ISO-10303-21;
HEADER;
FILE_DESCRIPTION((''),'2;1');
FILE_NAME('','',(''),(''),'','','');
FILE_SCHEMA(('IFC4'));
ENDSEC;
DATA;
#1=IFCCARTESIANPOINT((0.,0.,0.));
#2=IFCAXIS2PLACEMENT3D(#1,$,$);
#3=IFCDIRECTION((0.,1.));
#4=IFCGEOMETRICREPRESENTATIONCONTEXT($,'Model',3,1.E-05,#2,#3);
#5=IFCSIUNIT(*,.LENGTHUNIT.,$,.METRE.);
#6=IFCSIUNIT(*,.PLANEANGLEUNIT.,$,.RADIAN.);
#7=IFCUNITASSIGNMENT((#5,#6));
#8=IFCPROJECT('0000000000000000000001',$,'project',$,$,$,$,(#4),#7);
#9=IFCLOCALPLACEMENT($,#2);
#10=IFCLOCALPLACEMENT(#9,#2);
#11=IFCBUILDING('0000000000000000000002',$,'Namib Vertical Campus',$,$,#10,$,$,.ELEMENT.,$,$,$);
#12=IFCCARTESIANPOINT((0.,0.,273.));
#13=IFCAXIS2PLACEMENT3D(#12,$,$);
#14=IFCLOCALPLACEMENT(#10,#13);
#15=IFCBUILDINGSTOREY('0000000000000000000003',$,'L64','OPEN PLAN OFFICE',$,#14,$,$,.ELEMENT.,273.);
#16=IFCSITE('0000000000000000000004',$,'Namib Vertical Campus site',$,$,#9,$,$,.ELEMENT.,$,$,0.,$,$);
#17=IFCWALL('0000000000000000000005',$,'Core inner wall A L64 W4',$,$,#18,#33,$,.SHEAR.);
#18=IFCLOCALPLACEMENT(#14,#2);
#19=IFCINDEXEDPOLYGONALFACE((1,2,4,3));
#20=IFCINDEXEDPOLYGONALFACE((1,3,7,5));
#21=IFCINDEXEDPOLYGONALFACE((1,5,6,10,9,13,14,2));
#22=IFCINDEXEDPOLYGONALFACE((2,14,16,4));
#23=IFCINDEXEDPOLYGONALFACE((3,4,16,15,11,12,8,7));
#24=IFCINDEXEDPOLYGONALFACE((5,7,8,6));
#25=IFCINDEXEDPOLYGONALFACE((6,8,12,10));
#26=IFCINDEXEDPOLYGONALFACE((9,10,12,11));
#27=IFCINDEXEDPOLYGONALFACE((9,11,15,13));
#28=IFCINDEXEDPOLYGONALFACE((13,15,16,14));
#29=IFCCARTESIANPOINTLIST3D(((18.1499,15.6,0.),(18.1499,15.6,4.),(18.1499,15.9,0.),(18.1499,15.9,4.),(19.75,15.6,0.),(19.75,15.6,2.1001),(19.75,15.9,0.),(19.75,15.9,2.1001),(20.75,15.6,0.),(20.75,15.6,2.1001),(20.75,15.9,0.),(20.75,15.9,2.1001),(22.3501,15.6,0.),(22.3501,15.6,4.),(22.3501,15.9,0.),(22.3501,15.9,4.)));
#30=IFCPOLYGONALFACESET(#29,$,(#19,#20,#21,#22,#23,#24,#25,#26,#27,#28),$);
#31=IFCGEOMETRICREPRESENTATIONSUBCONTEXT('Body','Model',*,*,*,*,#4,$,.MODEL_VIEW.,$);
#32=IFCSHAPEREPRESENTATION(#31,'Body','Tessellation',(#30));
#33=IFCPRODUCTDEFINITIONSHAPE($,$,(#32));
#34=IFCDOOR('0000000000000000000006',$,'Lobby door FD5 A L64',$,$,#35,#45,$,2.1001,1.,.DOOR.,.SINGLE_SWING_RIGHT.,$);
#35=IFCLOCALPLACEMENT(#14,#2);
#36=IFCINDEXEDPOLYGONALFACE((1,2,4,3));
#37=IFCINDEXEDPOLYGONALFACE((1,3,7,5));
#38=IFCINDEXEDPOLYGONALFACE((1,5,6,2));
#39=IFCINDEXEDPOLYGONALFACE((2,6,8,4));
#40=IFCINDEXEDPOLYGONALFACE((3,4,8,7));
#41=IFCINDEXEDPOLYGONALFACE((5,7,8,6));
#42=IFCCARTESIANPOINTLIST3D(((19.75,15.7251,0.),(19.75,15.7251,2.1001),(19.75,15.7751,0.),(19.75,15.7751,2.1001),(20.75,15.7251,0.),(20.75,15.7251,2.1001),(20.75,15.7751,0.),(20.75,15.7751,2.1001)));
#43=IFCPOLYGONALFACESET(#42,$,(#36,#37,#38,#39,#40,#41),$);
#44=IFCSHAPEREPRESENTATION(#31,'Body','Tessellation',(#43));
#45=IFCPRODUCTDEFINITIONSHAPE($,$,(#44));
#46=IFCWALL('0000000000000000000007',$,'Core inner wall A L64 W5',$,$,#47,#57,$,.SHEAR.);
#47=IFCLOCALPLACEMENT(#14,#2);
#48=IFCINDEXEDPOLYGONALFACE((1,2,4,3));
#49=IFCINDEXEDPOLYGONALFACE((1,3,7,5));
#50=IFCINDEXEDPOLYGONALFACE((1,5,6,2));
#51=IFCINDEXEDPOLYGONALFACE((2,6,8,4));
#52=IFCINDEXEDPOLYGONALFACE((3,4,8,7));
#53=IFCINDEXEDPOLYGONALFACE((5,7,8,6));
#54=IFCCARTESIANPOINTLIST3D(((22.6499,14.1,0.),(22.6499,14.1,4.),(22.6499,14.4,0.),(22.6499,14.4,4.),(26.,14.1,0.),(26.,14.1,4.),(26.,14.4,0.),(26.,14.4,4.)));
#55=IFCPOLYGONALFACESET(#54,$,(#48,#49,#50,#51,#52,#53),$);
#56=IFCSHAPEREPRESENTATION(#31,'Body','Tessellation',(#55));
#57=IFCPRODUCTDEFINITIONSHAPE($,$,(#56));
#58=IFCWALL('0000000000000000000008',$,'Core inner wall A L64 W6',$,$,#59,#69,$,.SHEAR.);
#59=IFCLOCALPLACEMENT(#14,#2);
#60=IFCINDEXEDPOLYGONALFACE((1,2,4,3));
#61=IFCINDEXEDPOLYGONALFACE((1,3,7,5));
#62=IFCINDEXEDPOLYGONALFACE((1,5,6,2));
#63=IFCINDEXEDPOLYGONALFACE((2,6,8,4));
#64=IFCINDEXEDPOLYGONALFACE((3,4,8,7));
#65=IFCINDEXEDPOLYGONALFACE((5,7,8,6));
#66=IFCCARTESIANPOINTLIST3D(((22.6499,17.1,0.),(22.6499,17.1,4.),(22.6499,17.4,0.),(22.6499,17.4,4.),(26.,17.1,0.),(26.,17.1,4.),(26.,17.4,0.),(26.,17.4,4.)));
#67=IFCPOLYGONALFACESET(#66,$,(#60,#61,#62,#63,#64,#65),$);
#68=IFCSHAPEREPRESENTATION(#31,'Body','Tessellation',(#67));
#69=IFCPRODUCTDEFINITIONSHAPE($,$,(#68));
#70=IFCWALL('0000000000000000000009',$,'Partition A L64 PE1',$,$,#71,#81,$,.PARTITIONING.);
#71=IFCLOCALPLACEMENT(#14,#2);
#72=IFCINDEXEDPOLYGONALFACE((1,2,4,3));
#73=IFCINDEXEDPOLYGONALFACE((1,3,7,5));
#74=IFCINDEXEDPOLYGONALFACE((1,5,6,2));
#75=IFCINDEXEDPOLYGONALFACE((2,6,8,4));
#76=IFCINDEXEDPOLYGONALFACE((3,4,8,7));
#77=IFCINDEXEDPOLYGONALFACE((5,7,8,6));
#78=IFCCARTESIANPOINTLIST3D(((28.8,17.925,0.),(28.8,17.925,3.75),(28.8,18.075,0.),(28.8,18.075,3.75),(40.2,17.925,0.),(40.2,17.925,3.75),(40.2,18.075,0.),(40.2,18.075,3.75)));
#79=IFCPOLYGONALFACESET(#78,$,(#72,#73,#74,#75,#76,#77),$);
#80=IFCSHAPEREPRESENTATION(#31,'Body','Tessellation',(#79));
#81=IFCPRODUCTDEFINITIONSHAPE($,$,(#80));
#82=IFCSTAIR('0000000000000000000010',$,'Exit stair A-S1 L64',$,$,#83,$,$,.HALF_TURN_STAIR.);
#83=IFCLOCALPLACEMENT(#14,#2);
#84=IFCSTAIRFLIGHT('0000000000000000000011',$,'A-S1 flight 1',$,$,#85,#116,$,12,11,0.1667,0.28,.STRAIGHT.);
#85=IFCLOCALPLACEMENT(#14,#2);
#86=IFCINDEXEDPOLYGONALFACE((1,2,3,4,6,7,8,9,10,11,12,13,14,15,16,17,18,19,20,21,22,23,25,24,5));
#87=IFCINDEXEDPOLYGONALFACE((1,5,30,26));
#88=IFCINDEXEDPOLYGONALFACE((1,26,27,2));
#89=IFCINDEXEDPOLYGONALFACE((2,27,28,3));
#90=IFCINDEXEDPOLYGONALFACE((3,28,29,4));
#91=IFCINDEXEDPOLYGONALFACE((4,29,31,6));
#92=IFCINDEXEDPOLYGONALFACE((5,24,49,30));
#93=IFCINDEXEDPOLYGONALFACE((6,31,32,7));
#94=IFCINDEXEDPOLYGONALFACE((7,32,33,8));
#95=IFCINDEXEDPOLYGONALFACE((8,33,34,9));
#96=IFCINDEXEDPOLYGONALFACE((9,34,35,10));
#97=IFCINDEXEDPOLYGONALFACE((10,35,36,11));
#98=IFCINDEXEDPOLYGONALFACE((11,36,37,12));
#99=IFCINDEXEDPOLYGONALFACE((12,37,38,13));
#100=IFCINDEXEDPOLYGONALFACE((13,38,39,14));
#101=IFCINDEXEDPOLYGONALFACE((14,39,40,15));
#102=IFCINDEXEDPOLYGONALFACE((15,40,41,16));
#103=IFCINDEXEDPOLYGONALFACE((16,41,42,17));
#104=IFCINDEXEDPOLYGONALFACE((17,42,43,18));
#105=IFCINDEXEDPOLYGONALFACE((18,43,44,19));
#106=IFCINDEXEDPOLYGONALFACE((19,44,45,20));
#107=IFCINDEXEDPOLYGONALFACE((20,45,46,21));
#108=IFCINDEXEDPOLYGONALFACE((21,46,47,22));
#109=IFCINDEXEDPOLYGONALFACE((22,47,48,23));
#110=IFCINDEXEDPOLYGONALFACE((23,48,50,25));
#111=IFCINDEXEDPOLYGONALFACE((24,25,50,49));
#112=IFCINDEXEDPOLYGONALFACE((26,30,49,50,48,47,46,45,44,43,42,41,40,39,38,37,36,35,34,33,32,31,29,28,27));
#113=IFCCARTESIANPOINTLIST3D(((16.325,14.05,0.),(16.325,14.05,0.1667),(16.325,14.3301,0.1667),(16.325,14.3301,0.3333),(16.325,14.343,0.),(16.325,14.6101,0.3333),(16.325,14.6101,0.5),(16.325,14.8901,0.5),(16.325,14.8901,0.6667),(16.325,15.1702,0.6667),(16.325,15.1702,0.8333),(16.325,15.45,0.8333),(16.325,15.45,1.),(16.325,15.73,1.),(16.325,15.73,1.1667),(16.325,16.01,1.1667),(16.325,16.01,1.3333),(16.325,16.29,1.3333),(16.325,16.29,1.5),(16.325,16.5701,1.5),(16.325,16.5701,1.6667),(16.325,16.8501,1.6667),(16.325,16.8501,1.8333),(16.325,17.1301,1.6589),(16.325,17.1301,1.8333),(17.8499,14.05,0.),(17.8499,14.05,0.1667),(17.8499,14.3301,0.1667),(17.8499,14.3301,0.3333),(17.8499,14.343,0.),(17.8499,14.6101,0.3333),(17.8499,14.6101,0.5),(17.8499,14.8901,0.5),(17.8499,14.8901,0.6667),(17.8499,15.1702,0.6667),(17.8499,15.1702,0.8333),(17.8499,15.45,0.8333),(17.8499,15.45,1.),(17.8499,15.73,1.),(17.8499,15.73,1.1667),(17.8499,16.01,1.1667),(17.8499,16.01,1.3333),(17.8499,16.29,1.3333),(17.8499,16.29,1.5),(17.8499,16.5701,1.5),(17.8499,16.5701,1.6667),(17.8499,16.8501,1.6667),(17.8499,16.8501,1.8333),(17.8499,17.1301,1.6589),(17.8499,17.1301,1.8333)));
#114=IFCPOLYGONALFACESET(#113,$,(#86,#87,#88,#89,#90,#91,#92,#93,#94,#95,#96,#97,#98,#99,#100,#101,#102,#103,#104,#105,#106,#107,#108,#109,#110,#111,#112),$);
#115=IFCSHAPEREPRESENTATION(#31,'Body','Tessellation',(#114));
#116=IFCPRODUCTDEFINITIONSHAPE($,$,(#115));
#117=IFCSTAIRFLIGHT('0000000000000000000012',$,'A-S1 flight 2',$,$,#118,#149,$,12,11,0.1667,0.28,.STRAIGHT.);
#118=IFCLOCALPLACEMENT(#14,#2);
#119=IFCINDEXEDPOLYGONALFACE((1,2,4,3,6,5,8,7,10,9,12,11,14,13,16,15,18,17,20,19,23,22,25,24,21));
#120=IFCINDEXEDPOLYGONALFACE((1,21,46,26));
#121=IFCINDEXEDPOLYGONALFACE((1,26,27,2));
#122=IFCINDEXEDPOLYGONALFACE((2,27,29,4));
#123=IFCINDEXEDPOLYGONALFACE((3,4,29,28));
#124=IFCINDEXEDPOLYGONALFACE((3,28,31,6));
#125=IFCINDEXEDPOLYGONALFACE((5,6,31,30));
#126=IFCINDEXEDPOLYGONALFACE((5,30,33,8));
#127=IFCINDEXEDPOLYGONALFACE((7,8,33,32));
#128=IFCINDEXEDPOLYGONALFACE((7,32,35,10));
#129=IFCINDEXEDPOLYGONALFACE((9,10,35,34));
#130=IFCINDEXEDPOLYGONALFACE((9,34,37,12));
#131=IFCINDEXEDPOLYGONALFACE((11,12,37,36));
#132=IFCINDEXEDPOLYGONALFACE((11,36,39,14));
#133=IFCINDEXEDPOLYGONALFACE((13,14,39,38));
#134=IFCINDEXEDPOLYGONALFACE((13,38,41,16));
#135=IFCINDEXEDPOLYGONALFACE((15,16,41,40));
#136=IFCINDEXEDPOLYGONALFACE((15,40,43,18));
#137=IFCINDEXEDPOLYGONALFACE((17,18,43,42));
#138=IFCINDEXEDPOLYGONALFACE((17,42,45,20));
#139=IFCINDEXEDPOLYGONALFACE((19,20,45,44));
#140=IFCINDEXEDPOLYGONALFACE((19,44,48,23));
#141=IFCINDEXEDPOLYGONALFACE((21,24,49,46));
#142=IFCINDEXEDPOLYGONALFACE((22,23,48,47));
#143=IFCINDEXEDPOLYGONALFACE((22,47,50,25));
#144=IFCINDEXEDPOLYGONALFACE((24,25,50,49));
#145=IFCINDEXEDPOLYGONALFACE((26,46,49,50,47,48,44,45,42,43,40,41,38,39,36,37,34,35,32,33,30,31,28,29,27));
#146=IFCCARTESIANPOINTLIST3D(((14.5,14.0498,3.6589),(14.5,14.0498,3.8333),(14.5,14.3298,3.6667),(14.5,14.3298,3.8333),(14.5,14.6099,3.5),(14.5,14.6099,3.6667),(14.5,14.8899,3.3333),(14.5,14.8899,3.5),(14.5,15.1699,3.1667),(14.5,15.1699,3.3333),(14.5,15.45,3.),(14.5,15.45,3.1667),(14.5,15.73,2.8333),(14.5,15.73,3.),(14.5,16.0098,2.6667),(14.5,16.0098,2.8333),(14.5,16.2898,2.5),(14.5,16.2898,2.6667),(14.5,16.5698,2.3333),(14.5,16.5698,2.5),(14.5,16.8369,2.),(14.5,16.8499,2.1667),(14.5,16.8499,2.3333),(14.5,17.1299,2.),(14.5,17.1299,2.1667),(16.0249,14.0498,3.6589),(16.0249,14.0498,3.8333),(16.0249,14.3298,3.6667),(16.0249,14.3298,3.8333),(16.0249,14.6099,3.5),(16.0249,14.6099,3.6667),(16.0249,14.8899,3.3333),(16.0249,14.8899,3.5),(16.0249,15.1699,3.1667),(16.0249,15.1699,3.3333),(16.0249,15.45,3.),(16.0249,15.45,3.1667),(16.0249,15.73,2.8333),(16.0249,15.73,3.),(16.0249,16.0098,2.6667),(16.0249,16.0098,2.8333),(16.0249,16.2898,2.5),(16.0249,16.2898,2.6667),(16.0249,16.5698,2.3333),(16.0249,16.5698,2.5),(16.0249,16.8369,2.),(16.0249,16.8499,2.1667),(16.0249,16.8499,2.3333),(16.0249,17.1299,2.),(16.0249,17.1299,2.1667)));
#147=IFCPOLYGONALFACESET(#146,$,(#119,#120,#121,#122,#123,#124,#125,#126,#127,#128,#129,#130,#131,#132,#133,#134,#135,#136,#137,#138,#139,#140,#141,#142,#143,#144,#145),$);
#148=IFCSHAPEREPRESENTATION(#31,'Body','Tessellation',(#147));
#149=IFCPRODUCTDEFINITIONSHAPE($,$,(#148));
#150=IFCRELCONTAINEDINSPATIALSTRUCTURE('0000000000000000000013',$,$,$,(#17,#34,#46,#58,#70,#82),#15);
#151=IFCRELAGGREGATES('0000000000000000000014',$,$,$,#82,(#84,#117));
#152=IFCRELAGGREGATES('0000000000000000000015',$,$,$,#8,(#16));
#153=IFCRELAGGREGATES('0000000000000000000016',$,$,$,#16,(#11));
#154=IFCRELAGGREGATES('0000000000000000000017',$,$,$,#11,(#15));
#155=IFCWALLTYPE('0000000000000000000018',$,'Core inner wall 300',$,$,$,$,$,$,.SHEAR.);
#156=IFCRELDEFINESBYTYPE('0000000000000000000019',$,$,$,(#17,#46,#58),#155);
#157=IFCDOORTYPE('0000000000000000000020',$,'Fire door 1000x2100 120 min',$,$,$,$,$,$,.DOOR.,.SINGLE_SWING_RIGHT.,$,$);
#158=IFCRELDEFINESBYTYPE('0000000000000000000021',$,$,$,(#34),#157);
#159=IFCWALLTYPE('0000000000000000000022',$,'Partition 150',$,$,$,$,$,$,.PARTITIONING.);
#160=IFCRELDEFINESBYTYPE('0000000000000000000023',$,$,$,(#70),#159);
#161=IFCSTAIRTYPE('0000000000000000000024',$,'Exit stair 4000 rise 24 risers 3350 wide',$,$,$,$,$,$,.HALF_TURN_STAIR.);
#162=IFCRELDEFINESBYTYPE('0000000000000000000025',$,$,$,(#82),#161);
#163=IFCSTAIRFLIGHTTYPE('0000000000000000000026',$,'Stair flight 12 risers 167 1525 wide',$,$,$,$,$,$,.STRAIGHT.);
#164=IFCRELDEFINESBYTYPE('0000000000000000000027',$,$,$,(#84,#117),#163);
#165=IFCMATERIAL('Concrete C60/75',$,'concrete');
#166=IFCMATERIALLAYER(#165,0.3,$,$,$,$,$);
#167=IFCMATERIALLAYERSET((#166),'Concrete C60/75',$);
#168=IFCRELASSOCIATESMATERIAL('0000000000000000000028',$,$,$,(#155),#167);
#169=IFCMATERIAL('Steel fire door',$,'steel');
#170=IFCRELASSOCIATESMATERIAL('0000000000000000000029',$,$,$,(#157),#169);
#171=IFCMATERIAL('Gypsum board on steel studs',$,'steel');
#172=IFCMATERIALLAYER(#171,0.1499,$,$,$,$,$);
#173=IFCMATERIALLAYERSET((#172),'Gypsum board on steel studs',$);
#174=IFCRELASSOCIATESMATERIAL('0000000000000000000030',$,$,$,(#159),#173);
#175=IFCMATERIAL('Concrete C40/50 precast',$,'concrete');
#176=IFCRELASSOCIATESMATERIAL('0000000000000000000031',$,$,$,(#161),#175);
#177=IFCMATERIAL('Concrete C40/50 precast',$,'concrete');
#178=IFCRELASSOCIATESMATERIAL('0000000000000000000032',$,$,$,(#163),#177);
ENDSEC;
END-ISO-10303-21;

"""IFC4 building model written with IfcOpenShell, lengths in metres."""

from ifc_helpers import new_model, si_unit, direction, frame, frame_2d, origin, place, context, subcontext, project, spatial, polyline, rectangle, outline, extrude, material, layer, layer_set, type_object, element, fill, aggregate, save


model = new_model("IFC4")

# Units and contexts
model_context = context("Model", 3, precision=1e-05, world=origin(), true_north=direction((0.0, 1.0)))
body_context = subcontext(model_context, "Body", "Model", "MODEL_VIEW")
ifc_project = project(units=[si_unit("LENGTHUNIT", "METRE"), si_unit("PLANEANGLEUNIT", "RADIAN")], contexts=[model_context])

# Site, building, storey
site_placement = place(None, origin())
site = spatial("IfcSite", under=ifc_project, at=site_placement, Name="Namib Vertical Campus site", CompositionType="ELEMENT", RefElevation=0.0)
building_placement = place(site_placement, origin())
building = spatial("IfcBuilding", under=site, at=building_placement, Name="Namib Vertical Campus", CompositionType="ELEMENT")
storey_placement = place(building_placement, frame((0.0, 0.0, 273.0)))
storey = spatial("IfcBuildingStorey", under=building, at=storey_placement, Name="L64", Description="OPEN PLAN OFFICE", CompositionType="ELEMENT", Elevation=273.0)

# Wall, opening, door
ifc_material_1 = material(Name="Concrete C60/75", Category="concrete")
ifc_layer_1 = layer(ifc_material_1, 0.3)
ifc_layer_set_1 = layer_set([ifc_layer_1], Name="Concrete C60/75")
wall_type_1 = type_object("IfcWallType", Name="Core inner wall 300", PredefinedType="SHEAR", material=ifc_layer_set_1)
wall_1_placement = place(storey_placement, frame((18.1499, 15.75, 0.0), z_axis=(0.0, 0.0, 1.0), x_axis=(1.0, 0.0, 0.0)))
wall_1 = element("IfcWall", 1, at=wall_1_placement, inside=storey, type_object=wall_type_1, Name="Core inner wall A L64 W4", PredefinedType="SHEAR", context=body_context, shape_type="SweptSolid", body=[
    extrude(rectangle(XDim=4.2002, YDim=0.3, at=frame_2d((2.1001, 0.0))), origin(), (0.0, 0.0, 1.0), 4.0),
])
opening_placement = place(wall_1_placement, frame((1.6001, 0.0, 0.0)))
opening = element("IfcOpeningElement", 2, at=opening_placement, cuts=wall_1, PredefinedType="OPENING", context=body_context, shape_type="SweptSolid", body=[
    extrude(rectangle(XDim=1.0, YDim=2.1001, at=frame_2d((0.5, 1.05))), frame((0.0, 0.1599, 0.0), z_axis=(0.0, -1.0, 0.0), x_axis=(1.0, 0.0, 0.0)), (0.0, 0.0, 1.0), 0.3201),
])
ifc_material_2 = material(Name="Steel fire door", Category="steel")
door_type = type_object("IfcDoorType", Name="Fire door 1000x2100 120 min", OperationType="SINGLE_SWING_RIGHT", PredefinedType="DOOR", material=ifc_material_2)
door_placement = place(opening_placement, frame((1.0, 0.0, 0.0), z_axis=(0.0, 0.0, 1.0), x_axis=(-1.0, 0.0, 0.0)))
door = element("IfcDoor", 3, at=door_placement, inside=storey, type_object=door_type, Name="Lobby door FD5 A L64", OperationType="SINGLE_SWING_RIGHT", OverallHeight=2.1001, OverallWidth=1.0, PredefinedType="DOOR", context=body_context, shape_type="SweptSolid", body=[
    extrude(rectangle(XDim=1.0, YDim=2.1001, at=frame_2d((0.5, 1.05))), frame((0.0, 0.0249, 0.0), z_axis=(0.0, -1.0, 0.0), x_axis=(1.0, 0.0, 0.0)), (0.0, 0.0, 1.0), 0.05),
])
fill(opening, door)

# Walls
for number, where, z_axis, x_axis, name in (
    (4, (22.6499, 14.25, 0.0), (0.0, 0.0, 1.0), (1.0, 0.0, 0.0), "Core inner wall A L64 W5"),
    (5, (22.6499, 17.25, 0.0), (0.0, 0.0, 1.0), (1.0, 0.0, 0.0), "Core inner wall A L64 W6"),
):
    element("IfcWall", number, at=place(storey_placement, frame(where, z_axis=z_axis, x_axis=x_axis)), inside=storey, type_object=wall_type_1, Name=name, PredefinedType="SHEAR", context=body_context, shape_type="SweptSolid", body=[
        extrude(rectangle(XDim=3.3501, YDim=0.3, at=frame_2d((1.675, 0.0))), origin(), (0.0, 0.0, 1.0), 4.0),
    ])
ifc_material_3 = material(Name="Gypsum board on steel studs", Category="steel")
ifc_layer_2 = layer(ifc_material_3, 0.1499)
ifc_layer_set_2 = layer_set([ifc_layer_2], Name="Gypsum board on steel studs")
wall_type_2 = type_object("IfcWallType", Name="Partition 150", PredefinedType="PARTITIONING", material=ifc_layer_set_2)
wall_2_placement = place(storey_placement, frame((28.8, 18.0, 0.0), z_axis=(0.0, 0.0, 1.0), x_axis=(1.0, 0.0, 0.0)))
element("IfcWall", 6, at=wall_2_placement, inside=storey, type_object=wall_type_2, Name="Partition A L64 PE1", PredefinedType="PARTITIONING", context=body_context, shape_type="SweptSolid", body=[
    extrude(rectangle(XDim=11.3999, YDim=0.1499, at=frame_2d((5.7, 0.0))), origin(), (0.0, 0.0, 1.0), 3.75),
])

# Stair, stair flights
ifc_material_4 = material(Name="Concrete C40/50 precast", Category="concrete")
stair_type = type_object("IfcStairType", Name="Exit stair 4000 rise 24 risers 3350 wide", PredefinedType="HALF_TURN_STAIR", material=ifc_material_4)
stair_placement = place(storey_placement, origin())
stair = element("IfcStair", 7, at=stair_placement, inside=storey, type_object=stair_type, Name="Exit stair A-S1 L64", PredefinedType="HALF_TURN_STAIR")
ifc_material_5 = material(Name="Concrete C40/50 precast", Category="concrete")
stair_flight_type = type_object("IfcStairFlightType", Name="Stair flight 12 risers 167 1525 wide", PredefinedType="STRAIGHT", material=ifc_material_5)
stair_flight_1_placement = place(storey_placement, frame((17.0874, 14.05, 0.0), z_axis=(0.0, 0.0, 1.0), x_axis=(0.0, 1.0, 0.0)))
stair_flight_1 = element("IfcStairFlight", 8, at=stair_flight_1_placement, type_object=stair_flight_type, Name="A-S1 flight 1", NumberOfRisers=12, NumberOfTreads=11, PredefinedType="STRAIGHT", RiserHeight=0.1667, TreadLength=0.28, context=body_context, shape_type="SweptSolid", body=[
    extrude(outline(polyline([(0.0, 0.0), (0.0, 0.1667), (0.28, 0.1667), (0.28, 0.3333), (0.5601, 0.3333), (0.5601, 0.5), (0.8401, 0.5), (0.8401, 0.6667), (1.1201, 0.6667), (1.1201, 0.8333), (1.3999, 0.8333), (1.3999, 1.0), (1.6799, 1.0), (1.6799, 1.1667), (1.96, 1.1667), (1.96, 1.3333), (2.24, 1.3333), (2.24, 1.5), (2.52, 1.5), (2.52, 1.6667), (2.8, 1.6667), (2.8, 1.8333), (3.0801, 1.8333), (3.0801, 2.0), (3.0801, 1.6589), (0.293, 0.0), (0.0, 0.0)])), frame((0.0, 0.7625, 0.0), z_axis=(0.0, -1.0, 0.0), x_axis=(1.0, 0.0, 0.0)), (0.0, 0.0, 1.0), 1.5249),
])
stair_flight_2_placement = place(storey_placement, frame((15.2625, 17.1299, 2.0), z_axis=(0.0, 0.0, 1.0), x_axis=(0.0, -1.0, 0.0)))
stair_flight_2 = element("IfcStairFlight", 9, at=stair_flight_2_placement, type_object=stair_flight_type, Name="A-S1 flight 2", NumberOfRisers=12, NumberOfTreads=11, PredefinedType="STRAIGHT", RiserHeight=0.1667, TreadLength=0.28, context=body_context, shape_type="SweptSolid", body=[
    extrude(outline(polyline([(0.0, 0.0), (0.0, 0.1667), (0.28, 0.1667), (0.28, 0.3333), (0.5601, 0.3333), (0.5601, 0.5), (0.8401, 0.5), (0.8401, 0.6667), (1.1201, 0.6667), (1.1201, 0.8333), (1.3999, 0.8333), (1.3999, 1.0), (1.6799, 1.0), (1.6799, 1.1667), (1.96, 1.1667), (1.96, 1.3333), (2.24, 1.3333), (2.24, 1.5), (2.52, 1.5), (2.52, 1.6667), (2.8, 1.6667), (2.8, 1.8333), (3.0801, 1.8333), (3.0801, 2.0), (3.0801, 1.6589), (0.293, 0.0), (0.0, 0.0)])), frame((0.0, 0.7625, 0.0), z_axis=(0.0, -1.0, 0.0), x_axis=(1.0, 0.0, 0.0)), (0.0, 0.0, 1.0), 1.5249),
])
aggregate(stair, [stair_flight_1, stair_flight_2])

save(model, "model.ifc")
